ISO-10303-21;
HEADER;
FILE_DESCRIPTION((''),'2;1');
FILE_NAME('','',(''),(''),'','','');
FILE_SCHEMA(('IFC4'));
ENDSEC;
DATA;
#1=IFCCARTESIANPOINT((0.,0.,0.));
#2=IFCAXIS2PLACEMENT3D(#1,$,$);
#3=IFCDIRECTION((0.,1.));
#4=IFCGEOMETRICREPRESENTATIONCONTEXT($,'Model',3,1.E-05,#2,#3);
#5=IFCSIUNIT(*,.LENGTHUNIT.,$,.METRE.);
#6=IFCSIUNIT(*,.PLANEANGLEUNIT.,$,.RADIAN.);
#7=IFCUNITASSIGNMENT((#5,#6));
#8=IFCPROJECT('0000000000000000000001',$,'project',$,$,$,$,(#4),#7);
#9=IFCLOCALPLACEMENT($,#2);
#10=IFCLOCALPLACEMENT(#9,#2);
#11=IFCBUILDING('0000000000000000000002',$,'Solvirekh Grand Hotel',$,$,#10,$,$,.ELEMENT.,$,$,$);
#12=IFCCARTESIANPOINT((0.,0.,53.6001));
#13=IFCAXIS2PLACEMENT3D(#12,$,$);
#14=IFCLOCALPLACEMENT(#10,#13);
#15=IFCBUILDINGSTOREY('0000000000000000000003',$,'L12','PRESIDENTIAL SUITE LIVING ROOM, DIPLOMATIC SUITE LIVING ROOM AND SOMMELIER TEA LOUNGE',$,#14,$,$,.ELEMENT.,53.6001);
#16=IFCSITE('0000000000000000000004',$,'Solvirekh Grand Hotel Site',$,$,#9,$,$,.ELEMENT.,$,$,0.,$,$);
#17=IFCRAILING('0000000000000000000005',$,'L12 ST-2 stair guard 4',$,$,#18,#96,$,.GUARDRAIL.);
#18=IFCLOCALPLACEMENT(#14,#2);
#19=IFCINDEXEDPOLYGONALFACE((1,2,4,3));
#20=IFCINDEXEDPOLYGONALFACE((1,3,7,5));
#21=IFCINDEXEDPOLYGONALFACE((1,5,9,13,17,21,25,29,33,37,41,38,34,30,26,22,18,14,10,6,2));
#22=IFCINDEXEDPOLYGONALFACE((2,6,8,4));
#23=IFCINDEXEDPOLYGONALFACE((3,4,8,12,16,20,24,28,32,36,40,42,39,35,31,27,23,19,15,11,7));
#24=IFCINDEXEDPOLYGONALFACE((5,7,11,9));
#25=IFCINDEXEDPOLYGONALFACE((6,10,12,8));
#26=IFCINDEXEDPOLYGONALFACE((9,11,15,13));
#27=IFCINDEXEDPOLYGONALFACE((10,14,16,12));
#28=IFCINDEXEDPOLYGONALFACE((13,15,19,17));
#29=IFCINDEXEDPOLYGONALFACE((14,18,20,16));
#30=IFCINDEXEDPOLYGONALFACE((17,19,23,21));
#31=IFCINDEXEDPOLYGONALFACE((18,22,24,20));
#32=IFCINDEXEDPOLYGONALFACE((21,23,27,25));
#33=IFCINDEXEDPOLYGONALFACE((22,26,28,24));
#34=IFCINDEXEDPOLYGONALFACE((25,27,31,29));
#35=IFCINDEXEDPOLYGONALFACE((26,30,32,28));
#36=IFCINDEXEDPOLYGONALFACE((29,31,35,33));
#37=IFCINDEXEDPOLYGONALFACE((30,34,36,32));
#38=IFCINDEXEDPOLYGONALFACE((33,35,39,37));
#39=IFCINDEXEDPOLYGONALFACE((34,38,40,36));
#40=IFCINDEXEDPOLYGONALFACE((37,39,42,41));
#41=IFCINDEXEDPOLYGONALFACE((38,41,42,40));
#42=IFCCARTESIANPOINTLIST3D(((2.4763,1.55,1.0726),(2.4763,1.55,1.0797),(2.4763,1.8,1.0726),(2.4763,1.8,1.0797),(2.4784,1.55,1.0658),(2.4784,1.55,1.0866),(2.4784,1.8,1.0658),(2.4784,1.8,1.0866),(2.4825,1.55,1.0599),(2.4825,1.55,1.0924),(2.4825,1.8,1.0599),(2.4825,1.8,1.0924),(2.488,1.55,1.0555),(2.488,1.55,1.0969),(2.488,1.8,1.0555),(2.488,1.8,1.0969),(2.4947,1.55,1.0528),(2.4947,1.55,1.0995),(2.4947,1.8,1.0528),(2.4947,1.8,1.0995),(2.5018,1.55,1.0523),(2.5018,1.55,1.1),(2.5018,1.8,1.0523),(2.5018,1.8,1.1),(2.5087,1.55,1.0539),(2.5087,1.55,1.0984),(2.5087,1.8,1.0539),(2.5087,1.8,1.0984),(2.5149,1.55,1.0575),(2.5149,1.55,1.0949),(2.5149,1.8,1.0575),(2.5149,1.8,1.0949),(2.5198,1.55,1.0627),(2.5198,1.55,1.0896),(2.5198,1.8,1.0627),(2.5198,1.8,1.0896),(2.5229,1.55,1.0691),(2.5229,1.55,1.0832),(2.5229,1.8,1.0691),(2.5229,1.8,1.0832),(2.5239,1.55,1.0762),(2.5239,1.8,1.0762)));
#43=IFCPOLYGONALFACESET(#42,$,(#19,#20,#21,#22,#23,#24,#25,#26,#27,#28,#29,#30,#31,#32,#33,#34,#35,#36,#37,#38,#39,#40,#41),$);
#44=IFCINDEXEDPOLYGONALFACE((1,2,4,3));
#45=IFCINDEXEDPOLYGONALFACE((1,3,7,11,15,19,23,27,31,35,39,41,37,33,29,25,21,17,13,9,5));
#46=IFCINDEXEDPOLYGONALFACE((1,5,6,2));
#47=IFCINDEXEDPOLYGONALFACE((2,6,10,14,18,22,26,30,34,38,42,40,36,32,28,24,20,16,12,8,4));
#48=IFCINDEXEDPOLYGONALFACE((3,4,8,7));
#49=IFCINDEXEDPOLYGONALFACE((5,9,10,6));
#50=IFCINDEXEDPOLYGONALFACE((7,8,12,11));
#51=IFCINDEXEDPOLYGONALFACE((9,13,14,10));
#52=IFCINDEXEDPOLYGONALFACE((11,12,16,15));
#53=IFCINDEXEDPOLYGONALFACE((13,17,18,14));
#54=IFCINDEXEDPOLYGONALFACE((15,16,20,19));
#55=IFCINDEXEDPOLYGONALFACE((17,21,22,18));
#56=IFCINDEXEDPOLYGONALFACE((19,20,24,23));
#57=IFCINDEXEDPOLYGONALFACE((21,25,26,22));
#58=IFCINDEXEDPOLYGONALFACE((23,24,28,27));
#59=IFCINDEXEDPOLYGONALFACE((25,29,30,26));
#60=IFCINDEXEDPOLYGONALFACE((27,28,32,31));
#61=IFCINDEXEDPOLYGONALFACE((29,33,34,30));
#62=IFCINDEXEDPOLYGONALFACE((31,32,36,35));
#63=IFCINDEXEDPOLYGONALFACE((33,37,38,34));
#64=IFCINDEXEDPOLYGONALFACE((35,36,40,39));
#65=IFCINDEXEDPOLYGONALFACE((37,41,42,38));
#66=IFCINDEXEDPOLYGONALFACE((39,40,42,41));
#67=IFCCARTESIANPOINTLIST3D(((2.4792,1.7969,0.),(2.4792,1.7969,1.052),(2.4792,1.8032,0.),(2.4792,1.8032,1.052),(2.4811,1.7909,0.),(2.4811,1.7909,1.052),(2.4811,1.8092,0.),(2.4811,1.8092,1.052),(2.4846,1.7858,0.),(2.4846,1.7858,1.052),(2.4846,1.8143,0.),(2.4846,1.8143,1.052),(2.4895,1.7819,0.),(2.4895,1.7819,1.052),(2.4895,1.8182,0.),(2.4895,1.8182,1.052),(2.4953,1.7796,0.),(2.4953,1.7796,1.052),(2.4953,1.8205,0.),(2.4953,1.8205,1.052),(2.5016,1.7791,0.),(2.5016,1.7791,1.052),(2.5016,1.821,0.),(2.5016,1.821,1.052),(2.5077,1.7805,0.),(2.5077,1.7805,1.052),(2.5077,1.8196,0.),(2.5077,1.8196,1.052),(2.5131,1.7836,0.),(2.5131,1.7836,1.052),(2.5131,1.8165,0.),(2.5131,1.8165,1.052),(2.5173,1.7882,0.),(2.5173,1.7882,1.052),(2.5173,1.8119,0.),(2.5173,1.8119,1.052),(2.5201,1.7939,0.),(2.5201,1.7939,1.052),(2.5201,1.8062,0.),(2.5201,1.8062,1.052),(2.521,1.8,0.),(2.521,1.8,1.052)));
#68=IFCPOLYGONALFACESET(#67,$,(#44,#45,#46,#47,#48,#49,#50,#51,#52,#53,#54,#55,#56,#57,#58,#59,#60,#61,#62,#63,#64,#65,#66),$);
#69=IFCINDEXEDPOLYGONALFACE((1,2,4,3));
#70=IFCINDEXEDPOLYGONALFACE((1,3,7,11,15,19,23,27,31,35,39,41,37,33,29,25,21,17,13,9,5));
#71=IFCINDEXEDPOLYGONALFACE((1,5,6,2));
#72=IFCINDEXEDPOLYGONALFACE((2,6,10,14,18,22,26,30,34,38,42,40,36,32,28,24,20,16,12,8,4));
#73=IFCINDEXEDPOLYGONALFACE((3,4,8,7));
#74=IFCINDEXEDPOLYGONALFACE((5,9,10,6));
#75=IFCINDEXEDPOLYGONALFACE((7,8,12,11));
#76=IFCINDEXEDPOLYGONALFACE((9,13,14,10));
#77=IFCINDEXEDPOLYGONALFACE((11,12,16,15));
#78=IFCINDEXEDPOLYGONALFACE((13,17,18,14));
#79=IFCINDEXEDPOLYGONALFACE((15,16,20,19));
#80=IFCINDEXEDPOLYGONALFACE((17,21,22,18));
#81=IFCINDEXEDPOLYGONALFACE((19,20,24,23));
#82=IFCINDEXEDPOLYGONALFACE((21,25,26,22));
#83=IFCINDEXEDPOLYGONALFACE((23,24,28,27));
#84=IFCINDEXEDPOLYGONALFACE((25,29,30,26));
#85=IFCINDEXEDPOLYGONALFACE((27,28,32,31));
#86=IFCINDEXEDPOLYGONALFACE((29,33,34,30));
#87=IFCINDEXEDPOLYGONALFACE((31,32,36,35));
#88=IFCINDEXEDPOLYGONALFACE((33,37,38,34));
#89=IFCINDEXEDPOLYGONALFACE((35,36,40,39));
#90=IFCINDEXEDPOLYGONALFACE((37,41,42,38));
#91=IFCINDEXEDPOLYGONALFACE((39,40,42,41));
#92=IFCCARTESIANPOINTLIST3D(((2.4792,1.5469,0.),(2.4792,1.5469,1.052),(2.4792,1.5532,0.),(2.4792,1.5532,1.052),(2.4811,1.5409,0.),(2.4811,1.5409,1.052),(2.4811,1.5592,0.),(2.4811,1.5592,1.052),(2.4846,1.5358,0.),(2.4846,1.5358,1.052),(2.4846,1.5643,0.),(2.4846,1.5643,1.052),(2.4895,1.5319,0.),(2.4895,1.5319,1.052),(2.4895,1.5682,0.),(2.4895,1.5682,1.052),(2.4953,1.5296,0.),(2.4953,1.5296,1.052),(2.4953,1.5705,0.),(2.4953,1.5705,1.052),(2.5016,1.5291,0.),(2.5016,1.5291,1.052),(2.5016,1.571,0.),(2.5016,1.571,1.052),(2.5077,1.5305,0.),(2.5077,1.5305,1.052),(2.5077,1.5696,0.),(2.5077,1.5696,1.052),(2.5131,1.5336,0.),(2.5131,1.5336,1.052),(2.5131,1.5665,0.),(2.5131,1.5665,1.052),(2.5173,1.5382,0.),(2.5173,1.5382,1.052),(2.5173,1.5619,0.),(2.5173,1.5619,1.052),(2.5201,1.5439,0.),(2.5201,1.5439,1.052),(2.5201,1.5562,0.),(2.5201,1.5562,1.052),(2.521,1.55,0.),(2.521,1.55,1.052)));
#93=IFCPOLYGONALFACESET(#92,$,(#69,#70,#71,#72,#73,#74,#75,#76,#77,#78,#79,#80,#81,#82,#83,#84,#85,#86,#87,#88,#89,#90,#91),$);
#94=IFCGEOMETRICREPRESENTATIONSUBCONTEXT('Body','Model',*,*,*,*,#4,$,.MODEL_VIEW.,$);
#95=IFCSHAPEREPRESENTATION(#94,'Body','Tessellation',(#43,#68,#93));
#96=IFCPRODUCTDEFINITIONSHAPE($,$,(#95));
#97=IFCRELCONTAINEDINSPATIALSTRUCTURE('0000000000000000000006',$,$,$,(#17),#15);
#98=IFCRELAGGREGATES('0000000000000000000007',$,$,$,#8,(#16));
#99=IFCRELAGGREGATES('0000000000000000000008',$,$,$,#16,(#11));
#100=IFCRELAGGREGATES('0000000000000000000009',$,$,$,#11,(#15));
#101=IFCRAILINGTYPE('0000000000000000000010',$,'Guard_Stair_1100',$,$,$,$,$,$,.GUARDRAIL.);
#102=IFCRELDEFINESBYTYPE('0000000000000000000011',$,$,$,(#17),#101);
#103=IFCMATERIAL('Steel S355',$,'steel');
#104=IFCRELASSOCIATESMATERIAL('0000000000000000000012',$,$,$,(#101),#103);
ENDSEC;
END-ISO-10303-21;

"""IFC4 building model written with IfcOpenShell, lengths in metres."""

from ifc_helpers import new_model, si_unit, direction, frame, origin, origin_2d, place, context, subcontext, project, spatial, circle, extrude, material, type_object, element, save


model = new_model("IFC4")

# Units and contexts
model_context = context("Model", 3, precision=1e-05, world=origin(), true_north=direction((0.0, 1.0)))
body_context = subcontext(model_context, "Body", "Model", "MODEL_VIEW")
ifc_project = project(units=[si_unit("LENGTHUNIT", "METRE"), si_unit("PLANEANGLEUNIT", "RADIAN")], contexts=[model_context])

# Site, building, storey
site_placement = place(None, origin())
site = spatial("IfcSite", under=ifc_project, at=site_placement, Name="Solvirekh Grand Hotel Site", CompositionType="ELEMENT", RefElevation=0.0)
building_placement = place(site_placement, origin())
building = spatial("IfcBuilding", under=site, at=building_placement, Name="Solvirekh Grand Hotel", CompositionType="ELEMENT")
storey_placement = place(building_placement, frame((0.0, 0.0, 53.6001)))
storey = spatial("IfcBuildingStorey", under=building, at=storey_placement, Name="L12", Description="PRESIDENTIAL SUITE LIVING ROOM, DIPLOMATIC SUITE LIVING ROOM AND SOMMELIER TEA LOUNGE", CompositionType="ELEMENT", Elevation=53.6001)

# Shared definitions
ifc_material_1 = material(Name="Steel S355", Category="steel")

# Railing
railing_type_1 = type_object("IfcRailingType", Name="Guard_Stair_1100", PredefinedType="GUARDRAIL", material=ifc_material_1)
railing_1_placement = place(storey_placement, frame((2.5, 1.8, 0.0)))
element("IfcRailing", 1, at=railing_1_placement, inside=storey, type_object=railing_type_1, Name="L12 ST-2 stair guard 4", PredefinedType="GUARDRAIL", context=body_context, shape_type="SweptSolid", body=[
    extrude(circle(Radius=0.0239, at=origin_2d()), frame((0.0, 0.0, 1.0762), z_axis=(0.0, -1.0, 0.0), x_axis=(1.0, 0.0, 0.0)), (0.0, 0.0, 1.0), 0.25),
    extrude(circle(Radius=0.021, at=origin_2d()), origin(), (0.0, 0.0, 1.0), 1.052),
    extrude(circle(Radius=0.021, at=origin_2d()), frame((0.0, -0.25, 0.0)), (0.0, 0.0, 1.0), 1.052),
])

save(model, "model.ifc")
